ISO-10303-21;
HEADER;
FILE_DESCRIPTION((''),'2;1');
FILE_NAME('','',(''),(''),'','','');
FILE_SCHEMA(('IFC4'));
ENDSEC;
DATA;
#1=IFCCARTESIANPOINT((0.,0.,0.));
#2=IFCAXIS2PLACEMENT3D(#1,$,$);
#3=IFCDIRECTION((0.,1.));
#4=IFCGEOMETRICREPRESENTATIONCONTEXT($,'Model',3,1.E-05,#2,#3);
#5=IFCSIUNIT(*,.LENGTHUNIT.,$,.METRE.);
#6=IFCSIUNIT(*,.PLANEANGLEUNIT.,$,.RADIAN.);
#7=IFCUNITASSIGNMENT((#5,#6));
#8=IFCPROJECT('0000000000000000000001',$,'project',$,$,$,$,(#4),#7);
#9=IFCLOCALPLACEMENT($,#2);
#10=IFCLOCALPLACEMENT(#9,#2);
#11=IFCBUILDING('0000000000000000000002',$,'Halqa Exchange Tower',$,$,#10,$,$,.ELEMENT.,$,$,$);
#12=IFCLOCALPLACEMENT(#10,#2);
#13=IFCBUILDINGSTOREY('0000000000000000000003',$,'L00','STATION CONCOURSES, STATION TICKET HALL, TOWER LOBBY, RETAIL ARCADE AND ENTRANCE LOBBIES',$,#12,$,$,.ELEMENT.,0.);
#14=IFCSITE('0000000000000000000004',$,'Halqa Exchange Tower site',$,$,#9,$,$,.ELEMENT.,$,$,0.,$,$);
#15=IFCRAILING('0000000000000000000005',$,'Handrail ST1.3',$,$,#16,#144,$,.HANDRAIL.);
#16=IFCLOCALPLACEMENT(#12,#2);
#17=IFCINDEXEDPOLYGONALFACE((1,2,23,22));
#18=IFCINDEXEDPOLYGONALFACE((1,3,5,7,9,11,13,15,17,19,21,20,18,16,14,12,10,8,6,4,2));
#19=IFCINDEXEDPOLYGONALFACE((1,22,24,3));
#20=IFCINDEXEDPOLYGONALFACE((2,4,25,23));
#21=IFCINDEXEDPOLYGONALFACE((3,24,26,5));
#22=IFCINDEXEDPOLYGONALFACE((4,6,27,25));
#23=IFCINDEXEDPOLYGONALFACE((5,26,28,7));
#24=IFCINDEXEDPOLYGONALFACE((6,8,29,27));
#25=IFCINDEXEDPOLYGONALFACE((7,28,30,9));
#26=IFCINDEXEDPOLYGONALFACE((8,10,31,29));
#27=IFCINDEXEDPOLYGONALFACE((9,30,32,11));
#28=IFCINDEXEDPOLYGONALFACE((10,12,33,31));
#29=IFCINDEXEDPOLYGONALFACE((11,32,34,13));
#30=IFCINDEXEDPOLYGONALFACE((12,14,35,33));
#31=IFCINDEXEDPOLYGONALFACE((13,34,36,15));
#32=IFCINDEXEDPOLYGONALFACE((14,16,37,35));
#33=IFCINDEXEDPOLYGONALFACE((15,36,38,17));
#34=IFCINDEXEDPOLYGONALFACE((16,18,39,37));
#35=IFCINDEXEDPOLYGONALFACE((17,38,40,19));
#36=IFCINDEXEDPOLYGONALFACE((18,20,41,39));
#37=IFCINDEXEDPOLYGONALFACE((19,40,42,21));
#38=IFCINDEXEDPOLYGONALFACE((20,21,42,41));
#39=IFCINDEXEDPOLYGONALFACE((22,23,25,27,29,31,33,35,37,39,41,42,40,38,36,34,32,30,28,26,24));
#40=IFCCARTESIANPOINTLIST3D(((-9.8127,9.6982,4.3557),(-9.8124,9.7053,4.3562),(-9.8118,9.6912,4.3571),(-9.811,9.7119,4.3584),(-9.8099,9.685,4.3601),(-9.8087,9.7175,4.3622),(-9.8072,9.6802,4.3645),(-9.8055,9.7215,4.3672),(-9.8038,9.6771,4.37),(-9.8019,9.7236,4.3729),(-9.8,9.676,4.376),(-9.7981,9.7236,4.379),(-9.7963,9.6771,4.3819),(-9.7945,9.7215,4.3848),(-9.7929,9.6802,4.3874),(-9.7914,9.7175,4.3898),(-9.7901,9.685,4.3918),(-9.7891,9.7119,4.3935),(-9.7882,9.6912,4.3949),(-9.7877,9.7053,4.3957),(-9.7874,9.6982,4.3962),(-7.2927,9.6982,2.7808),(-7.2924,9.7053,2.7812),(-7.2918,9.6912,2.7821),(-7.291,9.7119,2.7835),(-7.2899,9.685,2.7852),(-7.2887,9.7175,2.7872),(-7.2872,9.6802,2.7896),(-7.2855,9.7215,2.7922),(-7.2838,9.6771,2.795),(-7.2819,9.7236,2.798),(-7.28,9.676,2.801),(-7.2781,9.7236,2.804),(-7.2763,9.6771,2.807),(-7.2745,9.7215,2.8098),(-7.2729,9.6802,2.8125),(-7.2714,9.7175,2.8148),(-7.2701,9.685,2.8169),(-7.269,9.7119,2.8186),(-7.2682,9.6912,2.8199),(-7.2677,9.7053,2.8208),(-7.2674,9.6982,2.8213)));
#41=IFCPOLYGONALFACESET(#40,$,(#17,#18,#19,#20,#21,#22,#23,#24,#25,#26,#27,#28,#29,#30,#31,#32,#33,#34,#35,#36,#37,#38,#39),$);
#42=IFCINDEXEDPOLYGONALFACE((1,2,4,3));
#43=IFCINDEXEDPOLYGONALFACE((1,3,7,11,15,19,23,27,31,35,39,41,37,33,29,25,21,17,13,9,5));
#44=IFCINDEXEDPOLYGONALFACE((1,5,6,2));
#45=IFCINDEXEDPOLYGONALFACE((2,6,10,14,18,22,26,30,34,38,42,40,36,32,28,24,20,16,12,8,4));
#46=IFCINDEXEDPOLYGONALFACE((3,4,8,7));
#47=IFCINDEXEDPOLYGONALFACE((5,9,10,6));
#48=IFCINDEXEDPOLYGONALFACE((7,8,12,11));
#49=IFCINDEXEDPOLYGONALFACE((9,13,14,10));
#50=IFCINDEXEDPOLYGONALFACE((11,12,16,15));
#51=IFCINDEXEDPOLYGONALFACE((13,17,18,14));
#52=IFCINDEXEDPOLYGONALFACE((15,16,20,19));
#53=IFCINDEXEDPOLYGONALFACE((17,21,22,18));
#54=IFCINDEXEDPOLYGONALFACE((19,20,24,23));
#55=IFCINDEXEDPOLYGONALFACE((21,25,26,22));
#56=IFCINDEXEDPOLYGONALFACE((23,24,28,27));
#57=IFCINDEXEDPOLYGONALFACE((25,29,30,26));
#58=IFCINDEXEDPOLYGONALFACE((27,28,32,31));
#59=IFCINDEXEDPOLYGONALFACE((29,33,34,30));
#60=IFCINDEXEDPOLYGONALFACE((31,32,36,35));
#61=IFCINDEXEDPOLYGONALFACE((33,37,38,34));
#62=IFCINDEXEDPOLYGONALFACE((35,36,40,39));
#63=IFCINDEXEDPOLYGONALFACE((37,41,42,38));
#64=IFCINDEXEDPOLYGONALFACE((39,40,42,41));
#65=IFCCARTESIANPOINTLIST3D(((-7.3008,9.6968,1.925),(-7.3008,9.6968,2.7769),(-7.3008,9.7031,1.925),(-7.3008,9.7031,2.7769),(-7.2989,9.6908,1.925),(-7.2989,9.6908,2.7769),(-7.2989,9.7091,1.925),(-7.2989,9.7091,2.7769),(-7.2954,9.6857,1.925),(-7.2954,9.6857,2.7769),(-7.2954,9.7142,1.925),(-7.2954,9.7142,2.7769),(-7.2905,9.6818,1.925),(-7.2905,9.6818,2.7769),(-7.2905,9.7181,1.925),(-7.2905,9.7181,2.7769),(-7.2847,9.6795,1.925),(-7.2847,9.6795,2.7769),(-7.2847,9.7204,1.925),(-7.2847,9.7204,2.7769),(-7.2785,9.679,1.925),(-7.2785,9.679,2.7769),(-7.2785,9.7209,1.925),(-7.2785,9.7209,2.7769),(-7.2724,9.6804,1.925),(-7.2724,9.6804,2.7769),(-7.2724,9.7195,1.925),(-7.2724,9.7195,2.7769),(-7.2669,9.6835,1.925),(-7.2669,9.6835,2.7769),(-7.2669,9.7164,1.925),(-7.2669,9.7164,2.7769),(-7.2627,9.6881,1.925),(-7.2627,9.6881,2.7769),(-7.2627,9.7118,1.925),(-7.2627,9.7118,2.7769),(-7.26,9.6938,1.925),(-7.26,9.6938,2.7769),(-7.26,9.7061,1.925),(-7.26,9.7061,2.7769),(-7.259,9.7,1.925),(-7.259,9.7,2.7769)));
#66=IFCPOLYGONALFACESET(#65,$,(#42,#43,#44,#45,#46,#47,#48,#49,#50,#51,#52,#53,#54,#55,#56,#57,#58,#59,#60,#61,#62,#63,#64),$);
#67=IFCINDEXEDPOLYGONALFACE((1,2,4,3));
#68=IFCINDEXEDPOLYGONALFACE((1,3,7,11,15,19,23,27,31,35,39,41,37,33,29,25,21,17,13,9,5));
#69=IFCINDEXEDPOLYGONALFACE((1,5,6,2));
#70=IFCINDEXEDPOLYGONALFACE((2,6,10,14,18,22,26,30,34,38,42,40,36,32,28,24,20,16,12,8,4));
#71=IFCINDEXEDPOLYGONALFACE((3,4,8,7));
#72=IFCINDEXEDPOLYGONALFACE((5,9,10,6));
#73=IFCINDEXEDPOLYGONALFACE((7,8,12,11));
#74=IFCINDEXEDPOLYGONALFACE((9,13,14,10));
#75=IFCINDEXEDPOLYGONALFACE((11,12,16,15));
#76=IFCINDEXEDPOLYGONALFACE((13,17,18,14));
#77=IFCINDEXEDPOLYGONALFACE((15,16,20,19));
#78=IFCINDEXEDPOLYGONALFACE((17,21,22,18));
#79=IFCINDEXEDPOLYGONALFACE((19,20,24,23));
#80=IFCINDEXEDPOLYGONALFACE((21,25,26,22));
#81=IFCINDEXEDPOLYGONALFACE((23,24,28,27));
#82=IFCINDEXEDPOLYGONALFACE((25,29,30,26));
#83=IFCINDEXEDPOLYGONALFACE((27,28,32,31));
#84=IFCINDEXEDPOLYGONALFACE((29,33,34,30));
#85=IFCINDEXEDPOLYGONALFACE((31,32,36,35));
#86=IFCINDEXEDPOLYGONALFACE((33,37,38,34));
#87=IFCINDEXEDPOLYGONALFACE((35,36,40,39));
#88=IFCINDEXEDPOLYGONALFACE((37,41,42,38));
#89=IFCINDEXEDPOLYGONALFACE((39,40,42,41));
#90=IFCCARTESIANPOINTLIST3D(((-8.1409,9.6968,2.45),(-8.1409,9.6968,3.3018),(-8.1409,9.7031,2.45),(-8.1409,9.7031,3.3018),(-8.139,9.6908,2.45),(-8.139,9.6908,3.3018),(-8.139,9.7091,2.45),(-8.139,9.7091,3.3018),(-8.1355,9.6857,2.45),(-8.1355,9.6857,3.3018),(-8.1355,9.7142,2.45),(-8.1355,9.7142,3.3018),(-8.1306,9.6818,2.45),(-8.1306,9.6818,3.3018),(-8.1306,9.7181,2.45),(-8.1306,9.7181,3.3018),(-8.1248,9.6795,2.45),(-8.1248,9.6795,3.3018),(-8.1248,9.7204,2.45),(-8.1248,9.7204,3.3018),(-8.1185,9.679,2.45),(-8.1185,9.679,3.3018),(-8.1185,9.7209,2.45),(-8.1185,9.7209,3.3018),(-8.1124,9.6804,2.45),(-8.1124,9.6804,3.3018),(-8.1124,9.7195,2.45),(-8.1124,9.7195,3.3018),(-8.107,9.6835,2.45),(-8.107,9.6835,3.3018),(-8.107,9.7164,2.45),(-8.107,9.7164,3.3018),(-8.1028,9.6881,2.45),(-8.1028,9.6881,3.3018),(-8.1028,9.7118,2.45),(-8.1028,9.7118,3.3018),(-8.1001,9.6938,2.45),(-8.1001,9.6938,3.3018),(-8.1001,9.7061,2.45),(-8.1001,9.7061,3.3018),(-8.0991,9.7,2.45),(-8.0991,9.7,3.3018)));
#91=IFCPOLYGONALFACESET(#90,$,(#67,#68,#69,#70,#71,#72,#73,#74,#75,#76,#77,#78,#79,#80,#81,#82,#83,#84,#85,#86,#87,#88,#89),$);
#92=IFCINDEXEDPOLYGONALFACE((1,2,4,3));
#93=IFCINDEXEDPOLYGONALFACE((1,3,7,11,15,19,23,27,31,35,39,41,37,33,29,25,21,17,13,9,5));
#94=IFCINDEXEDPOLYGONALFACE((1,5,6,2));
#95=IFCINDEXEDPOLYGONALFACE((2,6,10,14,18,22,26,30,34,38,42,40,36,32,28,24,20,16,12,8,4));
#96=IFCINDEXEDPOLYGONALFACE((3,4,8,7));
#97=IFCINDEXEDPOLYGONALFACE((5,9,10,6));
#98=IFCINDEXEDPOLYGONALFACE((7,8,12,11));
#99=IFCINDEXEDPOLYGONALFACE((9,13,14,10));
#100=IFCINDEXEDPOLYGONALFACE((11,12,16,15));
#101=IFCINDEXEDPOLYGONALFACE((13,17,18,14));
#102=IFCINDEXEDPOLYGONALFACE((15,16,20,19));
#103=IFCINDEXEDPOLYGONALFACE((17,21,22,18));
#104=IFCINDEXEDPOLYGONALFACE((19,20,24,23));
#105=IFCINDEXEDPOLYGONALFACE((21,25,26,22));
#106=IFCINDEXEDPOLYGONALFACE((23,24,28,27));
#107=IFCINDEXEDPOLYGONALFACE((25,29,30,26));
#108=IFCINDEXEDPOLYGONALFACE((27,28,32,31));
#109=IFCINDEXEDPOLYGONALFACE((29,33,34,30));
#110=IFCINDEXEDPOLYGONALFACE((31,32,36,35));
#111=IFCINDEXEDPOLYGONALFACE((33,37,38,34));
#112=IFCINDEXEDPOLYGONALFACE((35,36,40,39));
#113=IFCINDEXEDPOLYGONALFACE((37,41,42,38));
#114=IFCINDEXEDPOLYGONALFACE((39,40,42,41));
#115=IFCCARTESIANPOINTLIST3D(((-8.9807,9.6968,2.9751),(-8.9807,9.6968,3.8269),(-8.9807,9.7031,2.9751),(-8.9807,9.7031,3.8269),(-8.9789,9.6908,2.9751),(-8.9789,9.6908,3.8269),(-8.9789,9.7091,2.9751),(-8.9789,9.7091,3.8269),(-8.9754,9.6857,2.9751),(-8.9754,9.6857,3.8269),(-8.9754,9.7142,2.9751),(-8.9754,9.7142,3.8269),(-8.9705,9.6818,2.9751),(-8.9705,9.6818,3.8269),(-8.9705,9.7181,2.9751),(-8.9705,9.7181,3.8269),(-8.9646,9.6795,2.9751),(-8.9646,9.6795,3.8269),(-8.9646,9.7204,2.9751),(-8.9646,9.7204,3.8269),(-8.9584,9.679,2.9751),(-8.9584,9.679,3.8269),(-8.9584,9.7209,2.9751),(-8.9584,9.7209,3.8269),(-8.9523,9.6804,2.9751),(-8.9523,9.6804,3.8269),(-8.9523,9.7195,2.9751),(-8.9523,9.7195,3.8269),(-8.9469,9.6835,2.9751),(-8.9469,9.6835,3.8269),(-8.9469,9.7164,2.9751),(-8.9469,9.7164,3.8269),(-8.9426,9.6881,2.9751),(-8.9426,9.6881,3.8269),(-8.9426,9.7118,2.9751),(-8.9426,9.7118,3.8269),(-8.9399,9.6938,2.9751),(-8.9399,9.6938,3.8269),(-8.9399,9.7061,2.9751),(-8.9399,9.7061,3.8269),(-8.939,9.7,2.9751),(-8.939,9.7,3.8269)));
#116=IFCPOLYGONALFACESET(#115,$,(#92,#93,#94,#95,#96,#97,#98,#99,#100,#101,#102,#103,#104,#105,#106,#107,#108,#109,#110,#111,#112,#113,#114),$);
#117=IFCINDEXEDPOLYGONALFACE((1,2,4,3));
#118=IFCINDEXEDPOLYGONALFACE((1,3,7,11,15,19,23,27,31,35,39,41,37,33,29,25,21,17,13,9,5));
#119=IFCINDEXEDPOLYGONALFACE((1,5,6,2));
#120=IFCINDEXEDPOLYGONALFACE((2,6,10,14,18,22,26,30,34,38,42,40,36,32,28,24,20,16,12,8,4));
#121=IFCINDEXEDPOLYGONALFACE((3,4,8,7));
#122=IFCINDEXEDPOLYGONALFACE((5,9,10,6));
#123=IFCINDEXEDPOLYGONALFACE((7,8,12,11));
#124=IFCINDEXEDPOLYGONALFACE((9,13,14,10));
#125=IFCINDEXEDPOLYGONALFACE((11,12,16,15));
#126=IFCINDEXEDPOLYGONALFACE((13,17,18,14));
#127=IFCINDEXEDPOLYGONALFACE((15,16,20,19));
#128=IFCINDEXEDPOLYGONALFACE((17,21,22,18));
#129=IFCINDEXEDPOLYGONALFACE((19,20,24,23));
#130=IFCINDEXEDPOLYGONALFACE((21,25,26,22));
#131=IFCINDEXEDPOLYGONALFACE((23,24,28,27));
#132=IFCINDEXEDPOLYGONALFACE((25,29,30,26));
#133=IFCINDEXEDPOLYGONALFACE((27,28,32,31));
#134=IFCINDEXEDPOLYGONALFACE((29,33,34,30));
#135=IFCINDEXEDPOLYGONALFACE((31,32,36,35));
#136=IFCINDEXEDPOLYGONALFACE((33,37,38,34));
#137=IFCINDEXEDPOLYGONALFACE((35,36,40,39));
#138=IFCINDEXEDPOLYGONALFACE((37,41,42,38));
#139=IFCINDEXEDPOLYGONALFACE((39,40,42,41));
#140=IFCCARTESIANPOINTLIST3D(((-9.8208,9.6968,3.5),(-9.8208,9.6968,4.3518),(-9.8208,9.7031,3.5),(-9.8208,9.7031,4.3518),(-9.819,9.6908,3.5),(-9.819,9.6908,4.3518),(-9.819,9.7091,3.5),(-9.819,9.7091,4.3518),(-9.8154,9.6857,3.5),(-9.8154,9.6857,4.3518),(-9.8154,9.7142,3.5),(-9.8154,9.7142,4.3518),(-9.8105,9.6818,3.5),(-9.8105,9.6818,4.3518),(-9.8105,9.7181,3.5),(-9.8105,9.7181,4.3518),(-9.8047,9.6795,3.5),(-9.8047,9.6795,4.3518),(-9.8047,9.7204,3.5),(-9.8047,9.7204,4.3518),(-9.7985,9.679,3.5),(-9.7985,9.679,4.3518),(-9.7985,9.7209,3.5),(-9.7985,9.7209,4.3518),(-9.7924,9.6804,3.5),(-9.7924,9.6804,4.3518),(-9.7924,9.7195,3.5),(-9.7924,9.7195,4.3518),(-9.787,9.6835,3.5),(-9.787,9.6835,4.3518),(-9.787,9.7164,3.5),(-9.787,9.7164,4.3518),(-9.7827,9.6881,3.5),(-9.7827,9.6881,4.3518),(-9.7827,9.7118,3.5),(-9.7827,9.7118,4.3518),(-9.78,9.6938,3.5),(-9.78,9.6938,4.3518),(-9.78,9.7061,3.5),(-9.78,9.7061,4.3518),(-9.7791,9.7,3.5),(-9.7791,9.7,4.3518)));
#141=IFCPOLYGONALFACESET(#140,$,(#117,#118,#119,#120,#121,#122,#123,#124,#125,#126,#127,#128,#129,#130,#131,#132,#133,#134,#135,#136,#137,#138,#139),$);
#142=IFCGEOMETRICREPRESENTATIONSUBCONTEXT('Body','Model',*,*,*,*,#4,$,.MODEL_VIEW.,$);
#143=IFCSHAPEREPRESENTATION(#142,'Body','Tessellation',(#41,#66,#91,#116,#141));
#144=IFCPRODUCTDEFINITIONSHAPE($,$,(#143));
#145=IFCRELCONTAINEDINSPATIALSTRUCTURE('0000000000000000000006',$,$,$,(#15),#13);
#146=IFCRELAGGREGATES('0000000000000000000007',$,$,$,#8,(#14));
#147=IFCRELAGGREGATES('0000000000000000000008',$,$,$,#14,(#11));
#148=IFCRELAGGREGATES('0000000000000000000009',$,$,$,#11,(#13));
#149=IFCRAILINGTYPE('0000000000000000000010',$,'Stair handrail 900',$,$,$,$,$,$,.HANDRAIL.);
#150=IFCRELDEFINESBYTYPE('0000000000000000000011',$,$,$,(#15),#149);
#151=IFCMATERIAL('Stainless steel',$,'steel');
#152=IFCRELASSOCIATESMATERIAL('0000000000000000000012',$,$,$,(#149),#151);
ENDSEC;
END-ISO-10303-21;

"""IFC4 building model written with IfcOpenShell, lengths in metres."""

from ifc_helpers import new_model, si_unit, direction, frame, origin, origin_2d, place, context, subcontext, project, spatial, circle, extrude, material, type_object, element, save


model = new_model("IFC4")

# Units and contexts
model_context = context("Model", 3, precision=1e-05, world=origin(), true_north=direction((0.0, 1.0)))
body_context = subcontext(model_context, "Body", "Model", "MODEL_VIEW")
ifc_project = project(units=[si_unit("LENGTHUNIT", "METRE"), si_unit("PLANEANGLEUNIT", "RADIAN")], contexts=[model_context])

# Site, building, storey
site_placement = place(None, origin())
site = spatial("IfcSite", under=ifc_project, at=site_placement, Name="Halqa Exchange Tower site", CompositionType="ELEMENT", RefElevation=0.0)
building_placement = place(site_placement, origin())
building = spatial("IfcBuilding", under=site, at=building_placement, Name="Halqa Exchange Tower", CompositionType="ELEMENT")
storey_placement = place(building_placement, origin())
storey = spatial("IfcBuildingStorey", under=building, at=storey_placement, Name="L00", Description="STATION CONCOURSES, STATION TICKET HALL, TOWER LOBBY, RETAIL ARCADE AND ENTRANCE LOBBIES", CompositionType="ELEMENT", Elevation=0.0)

# Railing
ifc_material_1 = material(Name="Stainless steel", Category="steel")
railing_type = type_object("IfcRailingType", Name="Stair handrail 900", PredefinedType="HANDRAIL", material=ifc_material_1)
for number, where, name in (
    (1, (-7.28, 9.7, 1.925), "Handrail ST1.3"),
):
    element("IfcRailing", number, at=place(storey_placement, frame(where)), inside=storey, type_object=railing_type, Name=name, PredefinedType="HANDRAIL", context=body_context, shape_type="SweptSolid", body=[
        extrude(circle(Radius=0.0239, at=origin_2d()), frame((0.0, 0.0, 0.876), z_axis=(-0.848008, 0.0, 0.529984), x_axis=(0.0, -1.0, 0.0)), (0.0, 0.0, 1.0), 2.9717),
        extrude(circle(Radius=0.021, at=origin_2d()), origin(), (0.0, 0.0, 1.0), 0.8518),
        extrude(circle(Radius=0.021, at=origin_2d()), frame((-0.8401, 0.0, 0.5249)), (0.0, 0.0, 1.0), 0.8518),
        extrude(circle(Radius=0.021, at=origin_2d()), frame((-1.6799, 0.0, 1.05)), (0.0, 0.0, 1.0), 0.8518),
        extrude(circle(Radius=0.021, at=origin_2d()), frame((-2.52, 0.0, 1.575)), (0.0, 0.0, 1.0), 0.8518),
    ])

save(model, "model.ifc")
